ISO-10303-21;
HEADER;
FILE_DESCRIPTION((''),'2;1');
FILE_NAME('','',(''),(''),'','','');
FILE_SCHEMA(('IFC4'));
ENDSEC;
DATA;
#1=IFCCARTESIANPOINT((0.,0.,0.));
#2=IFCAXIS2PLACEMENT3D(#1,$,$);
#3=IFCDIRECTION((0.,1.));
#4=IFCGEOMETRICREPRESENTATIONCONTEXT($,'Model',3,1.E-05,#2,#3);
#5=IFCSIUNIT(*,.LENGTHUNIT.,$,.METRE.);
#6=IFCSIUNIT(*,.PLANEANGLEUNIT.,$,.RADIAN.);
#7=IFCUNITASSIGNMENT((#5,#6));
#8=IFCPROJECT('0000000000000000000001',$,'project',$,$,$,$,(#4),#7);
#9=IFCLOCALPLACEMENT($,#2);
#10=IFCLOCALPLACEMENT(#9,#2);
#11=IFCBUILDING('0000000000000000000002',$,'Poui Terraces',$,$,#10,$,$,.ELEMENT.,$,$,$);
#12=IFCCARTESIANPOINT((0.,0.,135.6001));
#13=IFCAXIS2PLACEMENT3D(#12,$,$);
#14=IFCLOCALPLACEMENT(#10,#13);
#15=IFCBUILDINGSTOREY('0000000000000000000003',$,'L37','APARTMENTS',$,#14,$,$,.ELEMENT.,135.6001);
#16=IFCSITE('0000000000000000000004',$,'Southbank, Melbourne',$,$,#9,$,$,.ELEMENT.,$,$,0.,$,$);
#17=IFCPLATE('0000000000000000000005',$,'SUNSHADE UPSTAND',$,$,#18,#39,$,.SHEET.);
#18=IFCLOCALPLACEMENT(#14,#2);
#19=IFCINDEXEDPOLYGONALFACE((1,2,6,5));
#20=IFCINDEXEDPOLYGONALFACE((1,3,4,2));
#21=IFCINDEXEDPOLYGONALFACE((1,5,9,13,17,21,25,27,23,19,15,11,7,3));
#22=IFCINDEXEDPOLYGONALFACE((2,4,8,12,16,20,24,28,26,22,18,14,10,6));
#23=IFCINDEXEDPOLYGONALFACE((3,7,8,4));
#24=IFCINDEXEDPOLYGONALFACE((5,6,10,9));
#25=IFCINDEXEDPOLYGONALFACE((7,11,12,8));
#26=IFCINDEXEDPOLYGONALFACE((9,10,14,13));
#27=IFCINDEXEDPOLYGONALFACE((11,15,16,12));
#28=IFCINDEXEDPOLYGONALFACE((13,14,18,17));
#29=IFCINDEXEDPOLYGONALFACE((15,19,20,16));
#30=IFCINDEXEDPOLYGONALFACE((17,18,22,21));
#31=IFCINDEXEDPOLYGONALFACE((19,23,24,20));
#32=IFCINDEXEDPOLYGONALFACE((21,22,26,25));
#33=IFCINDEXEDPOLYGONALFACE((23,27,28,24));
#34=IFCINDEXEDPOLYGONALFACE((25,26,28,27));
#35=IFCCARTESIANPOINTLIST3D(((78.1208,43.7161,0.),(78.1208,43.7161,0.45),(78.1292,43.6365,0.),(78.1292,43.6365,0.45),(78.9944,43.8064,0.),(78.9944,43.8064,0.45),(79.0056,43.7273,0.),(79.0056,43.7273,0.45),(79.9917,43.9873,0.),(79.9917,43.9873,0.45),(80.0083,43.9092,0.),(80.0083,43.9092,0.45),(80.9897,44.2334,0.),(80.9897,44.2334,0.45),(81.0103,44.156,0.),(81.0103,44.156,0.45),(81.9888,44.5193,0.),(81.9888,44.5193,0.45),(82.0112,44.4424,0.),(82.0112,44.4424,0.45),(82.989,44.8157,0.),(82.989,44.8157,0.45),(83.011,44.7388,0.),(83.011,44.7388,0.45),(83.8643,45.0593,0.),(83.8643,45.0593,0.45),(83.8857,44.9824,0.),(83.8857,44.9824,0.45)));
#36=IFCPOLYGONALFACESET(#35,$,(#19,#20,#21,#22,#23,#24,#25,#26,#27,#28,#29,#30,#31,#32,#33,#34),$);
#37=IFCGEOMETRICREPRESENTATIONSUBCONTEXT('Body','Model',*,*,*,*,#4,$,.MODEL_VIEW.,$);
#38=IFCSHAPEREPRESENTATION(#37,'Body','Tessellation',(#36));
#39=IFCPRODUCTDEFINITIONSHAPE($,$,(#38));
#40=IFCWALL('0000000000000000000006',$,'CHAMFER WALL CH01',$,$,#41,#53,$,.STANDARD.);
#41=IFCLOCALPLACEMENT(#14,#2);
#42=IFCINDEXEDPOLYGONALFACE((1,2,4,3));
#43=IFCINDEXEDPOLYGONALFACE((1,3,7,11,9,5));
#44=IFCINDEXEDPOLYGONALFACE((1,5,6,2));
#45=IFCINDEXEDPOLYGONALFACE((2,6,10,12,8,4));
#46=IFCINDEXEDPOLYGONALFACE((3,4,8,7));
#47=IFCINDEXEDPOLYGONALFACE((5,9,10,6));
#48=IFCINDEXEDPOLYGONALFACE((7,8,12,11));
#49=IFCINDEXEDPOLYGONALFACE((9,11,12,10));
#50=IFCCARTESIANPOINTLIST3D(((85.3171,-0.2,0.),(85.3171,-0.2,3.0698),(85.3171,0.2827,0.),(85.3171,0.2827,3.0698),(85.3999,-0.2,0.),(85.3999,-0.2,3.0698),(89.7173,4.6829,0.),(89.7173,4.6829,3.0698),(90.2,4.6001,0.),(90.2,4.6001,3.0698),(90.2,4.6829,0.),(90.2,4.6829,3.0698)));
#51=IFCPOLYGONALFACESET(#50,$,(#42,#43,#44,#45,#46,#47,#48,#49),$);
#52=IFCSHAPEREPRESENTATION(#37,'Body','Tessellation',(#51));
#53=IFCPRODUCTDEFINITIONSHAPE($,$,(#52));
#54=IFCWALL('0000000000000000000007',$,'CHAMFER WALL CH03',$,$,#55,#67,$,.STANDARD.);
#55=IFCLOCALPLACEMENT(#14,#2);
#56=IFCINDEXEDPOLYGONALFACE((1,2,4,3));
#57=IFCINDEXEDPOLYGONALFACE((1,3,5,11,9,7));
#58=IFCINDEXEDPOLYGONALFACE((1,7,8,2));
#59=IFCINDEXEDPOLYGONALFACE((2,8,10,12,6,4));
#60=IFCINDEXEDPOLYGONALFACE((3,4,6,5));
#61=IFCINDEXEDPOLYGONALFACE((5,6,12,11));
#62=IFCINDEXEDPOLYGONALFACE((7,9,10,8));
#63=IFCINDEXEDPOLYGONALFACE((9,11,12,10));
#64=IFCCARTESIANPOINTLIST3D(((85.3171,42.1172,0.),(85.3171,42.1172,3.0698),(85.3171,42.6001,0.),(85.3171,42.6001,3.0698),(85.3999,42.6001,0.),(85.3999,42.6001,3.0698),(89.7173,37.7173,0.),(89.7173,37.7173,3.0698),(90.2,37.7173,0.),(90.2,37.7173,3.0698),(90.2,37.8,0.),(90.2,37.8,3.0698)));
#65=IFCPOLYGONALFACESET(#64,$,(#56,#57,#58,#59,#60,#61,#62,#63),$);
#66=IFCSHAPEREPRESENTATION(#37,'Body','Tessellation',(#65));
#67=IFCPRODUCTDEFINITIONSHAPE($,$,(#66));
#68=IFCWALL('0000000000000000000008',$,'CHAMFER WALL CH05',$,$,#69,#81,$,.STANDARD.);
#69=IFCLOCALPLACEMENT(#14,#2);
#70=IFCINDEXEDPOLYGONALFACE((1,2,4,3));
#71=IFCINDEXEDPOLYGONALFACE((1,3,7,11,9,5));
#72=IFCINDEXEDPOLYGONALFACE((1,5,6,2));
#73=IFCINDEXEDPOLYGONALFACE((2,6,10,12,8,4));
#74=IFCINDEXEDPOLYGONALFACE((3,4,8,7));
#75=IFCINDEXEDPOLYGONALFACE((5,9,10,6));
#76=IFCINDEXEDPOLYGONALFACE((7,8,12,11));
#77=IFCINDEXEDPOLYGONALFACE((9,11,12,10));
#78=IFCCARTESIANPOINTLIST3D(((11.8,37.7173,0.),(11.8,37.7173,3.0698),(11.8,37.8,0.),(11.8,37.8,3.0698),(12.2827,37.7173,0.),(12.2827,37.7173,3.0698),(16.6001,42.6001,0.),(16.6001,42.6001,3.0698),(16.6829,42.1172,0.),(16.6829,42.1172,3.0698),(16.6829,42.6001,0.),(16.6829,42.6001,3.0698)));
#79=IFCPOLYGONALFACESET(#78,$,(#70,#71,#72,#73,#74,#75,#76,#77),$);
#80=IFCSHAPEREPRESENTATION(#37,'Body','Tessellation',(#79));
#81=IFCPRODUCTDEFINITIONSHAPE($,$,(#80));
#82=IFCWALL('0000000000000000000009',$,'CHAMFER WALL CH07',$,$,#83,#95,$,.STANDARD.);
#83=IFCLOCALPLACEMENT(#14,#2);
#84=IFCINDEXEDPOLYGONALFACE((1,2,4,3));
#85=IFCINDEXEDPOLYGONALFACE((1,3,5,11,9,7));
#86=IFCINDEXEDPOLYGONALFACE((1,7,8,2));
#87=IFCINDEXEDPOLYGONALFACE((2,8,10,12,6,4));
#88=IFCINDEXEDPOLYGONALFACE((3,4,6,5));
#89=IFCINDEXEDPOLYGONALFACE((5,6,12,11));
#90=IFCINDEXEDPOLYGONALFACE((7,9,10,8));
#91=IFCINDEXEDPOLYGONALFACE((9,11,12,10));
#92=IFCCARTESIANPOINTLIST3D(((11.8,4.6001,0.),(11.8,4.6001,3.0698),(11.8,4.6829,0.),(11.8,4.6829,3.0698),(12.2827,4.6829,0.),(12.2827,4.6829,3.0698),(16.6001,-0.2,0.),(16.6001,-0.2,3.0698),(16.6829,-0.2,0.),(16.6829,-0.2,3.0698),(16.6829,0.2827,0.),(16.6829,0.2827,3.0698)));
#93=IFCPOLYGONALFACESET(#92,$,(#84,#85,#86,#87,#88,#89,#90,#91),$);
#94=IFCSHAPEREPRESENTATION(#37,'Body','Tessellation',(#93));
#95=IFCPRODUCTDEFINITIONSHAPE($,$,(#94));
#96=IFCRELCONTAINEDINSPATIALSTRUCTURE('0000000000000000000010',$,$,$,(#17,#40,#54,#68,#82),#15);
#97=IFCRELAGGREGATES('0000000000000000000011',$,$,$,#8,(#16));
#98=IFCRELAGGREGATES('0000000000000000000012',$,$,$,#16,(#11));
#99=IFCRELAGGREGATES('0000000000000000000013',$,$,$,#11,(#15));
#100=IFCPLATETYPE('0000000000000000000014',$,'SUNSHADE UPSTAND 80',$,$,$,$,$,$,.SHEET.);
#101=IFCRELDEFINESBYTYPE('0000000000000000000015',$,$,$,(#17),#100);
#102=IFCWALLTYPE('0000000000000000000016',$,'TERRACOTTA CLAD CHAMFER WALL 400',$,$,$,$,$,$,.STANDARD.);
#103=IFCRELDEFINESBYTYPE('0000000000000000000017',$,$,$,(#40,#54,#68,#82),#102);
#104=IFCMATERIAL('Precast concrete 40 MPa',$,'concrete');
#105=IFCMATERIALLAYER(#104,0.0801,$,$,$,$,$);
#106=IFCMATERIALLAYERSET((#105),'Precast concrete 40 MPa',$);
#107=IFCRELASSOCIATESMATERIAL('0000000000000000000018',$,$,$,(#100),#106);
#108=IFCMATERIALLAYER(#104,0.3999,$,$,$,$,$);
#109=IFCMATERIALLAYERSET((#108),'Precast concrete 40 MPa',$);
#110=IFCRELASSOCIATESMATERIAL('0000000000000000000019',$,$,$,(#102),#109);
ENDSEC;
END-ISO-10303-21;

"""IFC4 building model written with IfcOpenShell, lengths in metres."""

from ifc_helpers import new_model, si_unit, direction, frame, origin, place, context, subcontext, project, spatial, polyline, outline, extrude, material, layer, layer_set, type_object, element, save


model = new_model("IFC4")

# Units and contexts
model_context = context("Model", 3, precision=1e-05, world=origin(), true_north=direction((0.0, 1.0)))
body_context = subcontext(model_context, "Body", "Model", "MODEL_VIEW")
ifc_project = project(units=[si_unit("LENGTHUNIT", "METRE"), si_unit("PLANEANGLEUNIT", "RADIAN")], contexts=[model_context])

# Site, building, storey
site_placement = place(None, origin())
site = spatial("IfcSite", under=ifc_project, at=site_placement, Name="Southbank, Melbourne", CompositionType="ELEMENT", RefElevation=0.0)
building_placement = place(site_placement, origin())
building = spatial("IfcBuilding", under=site, at=building_placement, Name="Poui Terraces", CompositionType="ELEMENT")
storey_placement = place(building_placement, frame((0.0, 0.0, 135.6001)))
storey = spatial("IfcBuildingStorey", under=building, at=storey_placement, Name="L37", Description="APARTMENTS", CompositionType="ELEMENT", Elevation=135.6001)

# Shared definitions
ifc_material_1 = material(Name="Precast concrete 40 MPa", Category="concrete")

# Plate
ifc_layer_1 = layer(ifc_material_1, 0.0801)
ifc_layer_set_1 = layer_set([ifc_layer_1], Name="Precast concrete 40 MPa")
plate_type = type_object("IfcPlateType", Name="SUNSHADE UPSTAND 80", PredefinedType="SHEET", material=ifc_layer_set_1)
plate_1_placement = place(storey_placement, origin())
element("IfcPlate", 1, at=plate_1_placement, inside=storey, type_object=plate_type, Name="SUNSHADE UPSTAND", PredefinedType="SHEET", context=body_context, shape_type="SweptSolid", body=[
    extrude(outline(polyline([(78.9944, 43.8064), (78.1208, 43.7161), (78.1292, 43.6365), (79.0056, 43.7273), (80.0083, 43.9092), (81.0103, 44.156), (82.0112, 44.4424), (83.011, 44.7388), (83.8857, 44.9824), (83.8643, 45.0593), (82.989, 44.8157), (81.9888, 44.5193), (80.9897, 44.2334), (79.9917, 43.9873), (78.9944, 43.8064)])), origin(), (0.0, 0.0, 1.0), 0.45),
])

# Walls
ifc_layer_2 = layer(ifc_material_1, 0.3999)
ifc_layer_set_2 = layer_set([ifc_layer_2], Name="Precast concrete 40 MPa")
wall_type = type_object("IfcWallType", Name="TERRACOTTA CLAD CHAMFER WALL 400", PredefinedType="STANDARD", material=ifc_layer_set_2)
wall_1_placement = place(storey_placement, origin())
element("IfcWall", 2, at=wall_1_placement, inside=storey, type_object=wall_type, Name="CHAMFER WALL CH01", PredefinedType="STANDARD", context=body_context, shape_type="SweptSolid", body=[
    extrude(outline(polyline([(85.3171, -0.2), (85.3999, -0.2), (90.2, 4.6001), (90.2, 4.6829), (89.7173, 4.6829), (85.3171, 0.2827), (85.3171, -0.2)])), origin(), (0.0, 0.0, 1.0), 3.0698),
])
wall_2_placement = place(storey_placement, origin())
element("IfcWall", 3, at=wall_2_placement, inside=storey, type_object=wall_type, Name="CHAMFER WALL CH03", PredefinedType="STANDARD", context=body_context, shape_type="SweptSolid", body=[
    extrude(outline(polyline([(90.2, 37.7173), (90.2, 37.8), (85.3999, 42.6001), (85.3171, 42.6001), (85.3171, 42.1172), (89.7173, 37.7173), (90.2, 37.7173)])), origin(), (0.0, 0.0, 1.0), 3.0698),
])
wall_3_placement = place(storey_placement, origin())
element("IfcWall", 4, at=wall_3_placement, inside=storey, type_object=wall_type, Name="CHAMFER WALL CH05", PredefinedType="STANDARD", context=body_context, shape_type="SweptSolid", body=[
    extrude(outline(polyline([(16.6829, 42.6001), (16.6001, 42.6001), (11.8, 37.8), (11.8, 37.7173), (12.2827, 37.7173), (16.6829, 42.1172), (16.6829, 42.6001)])), origin(), (0.0, 0.0, 1.0), 3.0698),
])
wall_4_placement = place(storey_placement, origin())
element("IfcWall", 5, at=wall_4_placement, inside=storey, type_object=wall_type, Name="CHAMFER WALL CH07", PredefinedType="STANDARD", context=body_context, shape_type="SweptSolid", body=[
    extrude(outline(polyline([(11.8, 4.6829), (11.8, 4.6001), (16.6001, -0.2), (16.6829, -0.2), (16.6829, 0.2827), (12.2827, 4.6829), (11.8, 4.6829)])), origin(), (0.0, 0.0, 1.0), 3.0698),
])

save(model, "model.ifc")
